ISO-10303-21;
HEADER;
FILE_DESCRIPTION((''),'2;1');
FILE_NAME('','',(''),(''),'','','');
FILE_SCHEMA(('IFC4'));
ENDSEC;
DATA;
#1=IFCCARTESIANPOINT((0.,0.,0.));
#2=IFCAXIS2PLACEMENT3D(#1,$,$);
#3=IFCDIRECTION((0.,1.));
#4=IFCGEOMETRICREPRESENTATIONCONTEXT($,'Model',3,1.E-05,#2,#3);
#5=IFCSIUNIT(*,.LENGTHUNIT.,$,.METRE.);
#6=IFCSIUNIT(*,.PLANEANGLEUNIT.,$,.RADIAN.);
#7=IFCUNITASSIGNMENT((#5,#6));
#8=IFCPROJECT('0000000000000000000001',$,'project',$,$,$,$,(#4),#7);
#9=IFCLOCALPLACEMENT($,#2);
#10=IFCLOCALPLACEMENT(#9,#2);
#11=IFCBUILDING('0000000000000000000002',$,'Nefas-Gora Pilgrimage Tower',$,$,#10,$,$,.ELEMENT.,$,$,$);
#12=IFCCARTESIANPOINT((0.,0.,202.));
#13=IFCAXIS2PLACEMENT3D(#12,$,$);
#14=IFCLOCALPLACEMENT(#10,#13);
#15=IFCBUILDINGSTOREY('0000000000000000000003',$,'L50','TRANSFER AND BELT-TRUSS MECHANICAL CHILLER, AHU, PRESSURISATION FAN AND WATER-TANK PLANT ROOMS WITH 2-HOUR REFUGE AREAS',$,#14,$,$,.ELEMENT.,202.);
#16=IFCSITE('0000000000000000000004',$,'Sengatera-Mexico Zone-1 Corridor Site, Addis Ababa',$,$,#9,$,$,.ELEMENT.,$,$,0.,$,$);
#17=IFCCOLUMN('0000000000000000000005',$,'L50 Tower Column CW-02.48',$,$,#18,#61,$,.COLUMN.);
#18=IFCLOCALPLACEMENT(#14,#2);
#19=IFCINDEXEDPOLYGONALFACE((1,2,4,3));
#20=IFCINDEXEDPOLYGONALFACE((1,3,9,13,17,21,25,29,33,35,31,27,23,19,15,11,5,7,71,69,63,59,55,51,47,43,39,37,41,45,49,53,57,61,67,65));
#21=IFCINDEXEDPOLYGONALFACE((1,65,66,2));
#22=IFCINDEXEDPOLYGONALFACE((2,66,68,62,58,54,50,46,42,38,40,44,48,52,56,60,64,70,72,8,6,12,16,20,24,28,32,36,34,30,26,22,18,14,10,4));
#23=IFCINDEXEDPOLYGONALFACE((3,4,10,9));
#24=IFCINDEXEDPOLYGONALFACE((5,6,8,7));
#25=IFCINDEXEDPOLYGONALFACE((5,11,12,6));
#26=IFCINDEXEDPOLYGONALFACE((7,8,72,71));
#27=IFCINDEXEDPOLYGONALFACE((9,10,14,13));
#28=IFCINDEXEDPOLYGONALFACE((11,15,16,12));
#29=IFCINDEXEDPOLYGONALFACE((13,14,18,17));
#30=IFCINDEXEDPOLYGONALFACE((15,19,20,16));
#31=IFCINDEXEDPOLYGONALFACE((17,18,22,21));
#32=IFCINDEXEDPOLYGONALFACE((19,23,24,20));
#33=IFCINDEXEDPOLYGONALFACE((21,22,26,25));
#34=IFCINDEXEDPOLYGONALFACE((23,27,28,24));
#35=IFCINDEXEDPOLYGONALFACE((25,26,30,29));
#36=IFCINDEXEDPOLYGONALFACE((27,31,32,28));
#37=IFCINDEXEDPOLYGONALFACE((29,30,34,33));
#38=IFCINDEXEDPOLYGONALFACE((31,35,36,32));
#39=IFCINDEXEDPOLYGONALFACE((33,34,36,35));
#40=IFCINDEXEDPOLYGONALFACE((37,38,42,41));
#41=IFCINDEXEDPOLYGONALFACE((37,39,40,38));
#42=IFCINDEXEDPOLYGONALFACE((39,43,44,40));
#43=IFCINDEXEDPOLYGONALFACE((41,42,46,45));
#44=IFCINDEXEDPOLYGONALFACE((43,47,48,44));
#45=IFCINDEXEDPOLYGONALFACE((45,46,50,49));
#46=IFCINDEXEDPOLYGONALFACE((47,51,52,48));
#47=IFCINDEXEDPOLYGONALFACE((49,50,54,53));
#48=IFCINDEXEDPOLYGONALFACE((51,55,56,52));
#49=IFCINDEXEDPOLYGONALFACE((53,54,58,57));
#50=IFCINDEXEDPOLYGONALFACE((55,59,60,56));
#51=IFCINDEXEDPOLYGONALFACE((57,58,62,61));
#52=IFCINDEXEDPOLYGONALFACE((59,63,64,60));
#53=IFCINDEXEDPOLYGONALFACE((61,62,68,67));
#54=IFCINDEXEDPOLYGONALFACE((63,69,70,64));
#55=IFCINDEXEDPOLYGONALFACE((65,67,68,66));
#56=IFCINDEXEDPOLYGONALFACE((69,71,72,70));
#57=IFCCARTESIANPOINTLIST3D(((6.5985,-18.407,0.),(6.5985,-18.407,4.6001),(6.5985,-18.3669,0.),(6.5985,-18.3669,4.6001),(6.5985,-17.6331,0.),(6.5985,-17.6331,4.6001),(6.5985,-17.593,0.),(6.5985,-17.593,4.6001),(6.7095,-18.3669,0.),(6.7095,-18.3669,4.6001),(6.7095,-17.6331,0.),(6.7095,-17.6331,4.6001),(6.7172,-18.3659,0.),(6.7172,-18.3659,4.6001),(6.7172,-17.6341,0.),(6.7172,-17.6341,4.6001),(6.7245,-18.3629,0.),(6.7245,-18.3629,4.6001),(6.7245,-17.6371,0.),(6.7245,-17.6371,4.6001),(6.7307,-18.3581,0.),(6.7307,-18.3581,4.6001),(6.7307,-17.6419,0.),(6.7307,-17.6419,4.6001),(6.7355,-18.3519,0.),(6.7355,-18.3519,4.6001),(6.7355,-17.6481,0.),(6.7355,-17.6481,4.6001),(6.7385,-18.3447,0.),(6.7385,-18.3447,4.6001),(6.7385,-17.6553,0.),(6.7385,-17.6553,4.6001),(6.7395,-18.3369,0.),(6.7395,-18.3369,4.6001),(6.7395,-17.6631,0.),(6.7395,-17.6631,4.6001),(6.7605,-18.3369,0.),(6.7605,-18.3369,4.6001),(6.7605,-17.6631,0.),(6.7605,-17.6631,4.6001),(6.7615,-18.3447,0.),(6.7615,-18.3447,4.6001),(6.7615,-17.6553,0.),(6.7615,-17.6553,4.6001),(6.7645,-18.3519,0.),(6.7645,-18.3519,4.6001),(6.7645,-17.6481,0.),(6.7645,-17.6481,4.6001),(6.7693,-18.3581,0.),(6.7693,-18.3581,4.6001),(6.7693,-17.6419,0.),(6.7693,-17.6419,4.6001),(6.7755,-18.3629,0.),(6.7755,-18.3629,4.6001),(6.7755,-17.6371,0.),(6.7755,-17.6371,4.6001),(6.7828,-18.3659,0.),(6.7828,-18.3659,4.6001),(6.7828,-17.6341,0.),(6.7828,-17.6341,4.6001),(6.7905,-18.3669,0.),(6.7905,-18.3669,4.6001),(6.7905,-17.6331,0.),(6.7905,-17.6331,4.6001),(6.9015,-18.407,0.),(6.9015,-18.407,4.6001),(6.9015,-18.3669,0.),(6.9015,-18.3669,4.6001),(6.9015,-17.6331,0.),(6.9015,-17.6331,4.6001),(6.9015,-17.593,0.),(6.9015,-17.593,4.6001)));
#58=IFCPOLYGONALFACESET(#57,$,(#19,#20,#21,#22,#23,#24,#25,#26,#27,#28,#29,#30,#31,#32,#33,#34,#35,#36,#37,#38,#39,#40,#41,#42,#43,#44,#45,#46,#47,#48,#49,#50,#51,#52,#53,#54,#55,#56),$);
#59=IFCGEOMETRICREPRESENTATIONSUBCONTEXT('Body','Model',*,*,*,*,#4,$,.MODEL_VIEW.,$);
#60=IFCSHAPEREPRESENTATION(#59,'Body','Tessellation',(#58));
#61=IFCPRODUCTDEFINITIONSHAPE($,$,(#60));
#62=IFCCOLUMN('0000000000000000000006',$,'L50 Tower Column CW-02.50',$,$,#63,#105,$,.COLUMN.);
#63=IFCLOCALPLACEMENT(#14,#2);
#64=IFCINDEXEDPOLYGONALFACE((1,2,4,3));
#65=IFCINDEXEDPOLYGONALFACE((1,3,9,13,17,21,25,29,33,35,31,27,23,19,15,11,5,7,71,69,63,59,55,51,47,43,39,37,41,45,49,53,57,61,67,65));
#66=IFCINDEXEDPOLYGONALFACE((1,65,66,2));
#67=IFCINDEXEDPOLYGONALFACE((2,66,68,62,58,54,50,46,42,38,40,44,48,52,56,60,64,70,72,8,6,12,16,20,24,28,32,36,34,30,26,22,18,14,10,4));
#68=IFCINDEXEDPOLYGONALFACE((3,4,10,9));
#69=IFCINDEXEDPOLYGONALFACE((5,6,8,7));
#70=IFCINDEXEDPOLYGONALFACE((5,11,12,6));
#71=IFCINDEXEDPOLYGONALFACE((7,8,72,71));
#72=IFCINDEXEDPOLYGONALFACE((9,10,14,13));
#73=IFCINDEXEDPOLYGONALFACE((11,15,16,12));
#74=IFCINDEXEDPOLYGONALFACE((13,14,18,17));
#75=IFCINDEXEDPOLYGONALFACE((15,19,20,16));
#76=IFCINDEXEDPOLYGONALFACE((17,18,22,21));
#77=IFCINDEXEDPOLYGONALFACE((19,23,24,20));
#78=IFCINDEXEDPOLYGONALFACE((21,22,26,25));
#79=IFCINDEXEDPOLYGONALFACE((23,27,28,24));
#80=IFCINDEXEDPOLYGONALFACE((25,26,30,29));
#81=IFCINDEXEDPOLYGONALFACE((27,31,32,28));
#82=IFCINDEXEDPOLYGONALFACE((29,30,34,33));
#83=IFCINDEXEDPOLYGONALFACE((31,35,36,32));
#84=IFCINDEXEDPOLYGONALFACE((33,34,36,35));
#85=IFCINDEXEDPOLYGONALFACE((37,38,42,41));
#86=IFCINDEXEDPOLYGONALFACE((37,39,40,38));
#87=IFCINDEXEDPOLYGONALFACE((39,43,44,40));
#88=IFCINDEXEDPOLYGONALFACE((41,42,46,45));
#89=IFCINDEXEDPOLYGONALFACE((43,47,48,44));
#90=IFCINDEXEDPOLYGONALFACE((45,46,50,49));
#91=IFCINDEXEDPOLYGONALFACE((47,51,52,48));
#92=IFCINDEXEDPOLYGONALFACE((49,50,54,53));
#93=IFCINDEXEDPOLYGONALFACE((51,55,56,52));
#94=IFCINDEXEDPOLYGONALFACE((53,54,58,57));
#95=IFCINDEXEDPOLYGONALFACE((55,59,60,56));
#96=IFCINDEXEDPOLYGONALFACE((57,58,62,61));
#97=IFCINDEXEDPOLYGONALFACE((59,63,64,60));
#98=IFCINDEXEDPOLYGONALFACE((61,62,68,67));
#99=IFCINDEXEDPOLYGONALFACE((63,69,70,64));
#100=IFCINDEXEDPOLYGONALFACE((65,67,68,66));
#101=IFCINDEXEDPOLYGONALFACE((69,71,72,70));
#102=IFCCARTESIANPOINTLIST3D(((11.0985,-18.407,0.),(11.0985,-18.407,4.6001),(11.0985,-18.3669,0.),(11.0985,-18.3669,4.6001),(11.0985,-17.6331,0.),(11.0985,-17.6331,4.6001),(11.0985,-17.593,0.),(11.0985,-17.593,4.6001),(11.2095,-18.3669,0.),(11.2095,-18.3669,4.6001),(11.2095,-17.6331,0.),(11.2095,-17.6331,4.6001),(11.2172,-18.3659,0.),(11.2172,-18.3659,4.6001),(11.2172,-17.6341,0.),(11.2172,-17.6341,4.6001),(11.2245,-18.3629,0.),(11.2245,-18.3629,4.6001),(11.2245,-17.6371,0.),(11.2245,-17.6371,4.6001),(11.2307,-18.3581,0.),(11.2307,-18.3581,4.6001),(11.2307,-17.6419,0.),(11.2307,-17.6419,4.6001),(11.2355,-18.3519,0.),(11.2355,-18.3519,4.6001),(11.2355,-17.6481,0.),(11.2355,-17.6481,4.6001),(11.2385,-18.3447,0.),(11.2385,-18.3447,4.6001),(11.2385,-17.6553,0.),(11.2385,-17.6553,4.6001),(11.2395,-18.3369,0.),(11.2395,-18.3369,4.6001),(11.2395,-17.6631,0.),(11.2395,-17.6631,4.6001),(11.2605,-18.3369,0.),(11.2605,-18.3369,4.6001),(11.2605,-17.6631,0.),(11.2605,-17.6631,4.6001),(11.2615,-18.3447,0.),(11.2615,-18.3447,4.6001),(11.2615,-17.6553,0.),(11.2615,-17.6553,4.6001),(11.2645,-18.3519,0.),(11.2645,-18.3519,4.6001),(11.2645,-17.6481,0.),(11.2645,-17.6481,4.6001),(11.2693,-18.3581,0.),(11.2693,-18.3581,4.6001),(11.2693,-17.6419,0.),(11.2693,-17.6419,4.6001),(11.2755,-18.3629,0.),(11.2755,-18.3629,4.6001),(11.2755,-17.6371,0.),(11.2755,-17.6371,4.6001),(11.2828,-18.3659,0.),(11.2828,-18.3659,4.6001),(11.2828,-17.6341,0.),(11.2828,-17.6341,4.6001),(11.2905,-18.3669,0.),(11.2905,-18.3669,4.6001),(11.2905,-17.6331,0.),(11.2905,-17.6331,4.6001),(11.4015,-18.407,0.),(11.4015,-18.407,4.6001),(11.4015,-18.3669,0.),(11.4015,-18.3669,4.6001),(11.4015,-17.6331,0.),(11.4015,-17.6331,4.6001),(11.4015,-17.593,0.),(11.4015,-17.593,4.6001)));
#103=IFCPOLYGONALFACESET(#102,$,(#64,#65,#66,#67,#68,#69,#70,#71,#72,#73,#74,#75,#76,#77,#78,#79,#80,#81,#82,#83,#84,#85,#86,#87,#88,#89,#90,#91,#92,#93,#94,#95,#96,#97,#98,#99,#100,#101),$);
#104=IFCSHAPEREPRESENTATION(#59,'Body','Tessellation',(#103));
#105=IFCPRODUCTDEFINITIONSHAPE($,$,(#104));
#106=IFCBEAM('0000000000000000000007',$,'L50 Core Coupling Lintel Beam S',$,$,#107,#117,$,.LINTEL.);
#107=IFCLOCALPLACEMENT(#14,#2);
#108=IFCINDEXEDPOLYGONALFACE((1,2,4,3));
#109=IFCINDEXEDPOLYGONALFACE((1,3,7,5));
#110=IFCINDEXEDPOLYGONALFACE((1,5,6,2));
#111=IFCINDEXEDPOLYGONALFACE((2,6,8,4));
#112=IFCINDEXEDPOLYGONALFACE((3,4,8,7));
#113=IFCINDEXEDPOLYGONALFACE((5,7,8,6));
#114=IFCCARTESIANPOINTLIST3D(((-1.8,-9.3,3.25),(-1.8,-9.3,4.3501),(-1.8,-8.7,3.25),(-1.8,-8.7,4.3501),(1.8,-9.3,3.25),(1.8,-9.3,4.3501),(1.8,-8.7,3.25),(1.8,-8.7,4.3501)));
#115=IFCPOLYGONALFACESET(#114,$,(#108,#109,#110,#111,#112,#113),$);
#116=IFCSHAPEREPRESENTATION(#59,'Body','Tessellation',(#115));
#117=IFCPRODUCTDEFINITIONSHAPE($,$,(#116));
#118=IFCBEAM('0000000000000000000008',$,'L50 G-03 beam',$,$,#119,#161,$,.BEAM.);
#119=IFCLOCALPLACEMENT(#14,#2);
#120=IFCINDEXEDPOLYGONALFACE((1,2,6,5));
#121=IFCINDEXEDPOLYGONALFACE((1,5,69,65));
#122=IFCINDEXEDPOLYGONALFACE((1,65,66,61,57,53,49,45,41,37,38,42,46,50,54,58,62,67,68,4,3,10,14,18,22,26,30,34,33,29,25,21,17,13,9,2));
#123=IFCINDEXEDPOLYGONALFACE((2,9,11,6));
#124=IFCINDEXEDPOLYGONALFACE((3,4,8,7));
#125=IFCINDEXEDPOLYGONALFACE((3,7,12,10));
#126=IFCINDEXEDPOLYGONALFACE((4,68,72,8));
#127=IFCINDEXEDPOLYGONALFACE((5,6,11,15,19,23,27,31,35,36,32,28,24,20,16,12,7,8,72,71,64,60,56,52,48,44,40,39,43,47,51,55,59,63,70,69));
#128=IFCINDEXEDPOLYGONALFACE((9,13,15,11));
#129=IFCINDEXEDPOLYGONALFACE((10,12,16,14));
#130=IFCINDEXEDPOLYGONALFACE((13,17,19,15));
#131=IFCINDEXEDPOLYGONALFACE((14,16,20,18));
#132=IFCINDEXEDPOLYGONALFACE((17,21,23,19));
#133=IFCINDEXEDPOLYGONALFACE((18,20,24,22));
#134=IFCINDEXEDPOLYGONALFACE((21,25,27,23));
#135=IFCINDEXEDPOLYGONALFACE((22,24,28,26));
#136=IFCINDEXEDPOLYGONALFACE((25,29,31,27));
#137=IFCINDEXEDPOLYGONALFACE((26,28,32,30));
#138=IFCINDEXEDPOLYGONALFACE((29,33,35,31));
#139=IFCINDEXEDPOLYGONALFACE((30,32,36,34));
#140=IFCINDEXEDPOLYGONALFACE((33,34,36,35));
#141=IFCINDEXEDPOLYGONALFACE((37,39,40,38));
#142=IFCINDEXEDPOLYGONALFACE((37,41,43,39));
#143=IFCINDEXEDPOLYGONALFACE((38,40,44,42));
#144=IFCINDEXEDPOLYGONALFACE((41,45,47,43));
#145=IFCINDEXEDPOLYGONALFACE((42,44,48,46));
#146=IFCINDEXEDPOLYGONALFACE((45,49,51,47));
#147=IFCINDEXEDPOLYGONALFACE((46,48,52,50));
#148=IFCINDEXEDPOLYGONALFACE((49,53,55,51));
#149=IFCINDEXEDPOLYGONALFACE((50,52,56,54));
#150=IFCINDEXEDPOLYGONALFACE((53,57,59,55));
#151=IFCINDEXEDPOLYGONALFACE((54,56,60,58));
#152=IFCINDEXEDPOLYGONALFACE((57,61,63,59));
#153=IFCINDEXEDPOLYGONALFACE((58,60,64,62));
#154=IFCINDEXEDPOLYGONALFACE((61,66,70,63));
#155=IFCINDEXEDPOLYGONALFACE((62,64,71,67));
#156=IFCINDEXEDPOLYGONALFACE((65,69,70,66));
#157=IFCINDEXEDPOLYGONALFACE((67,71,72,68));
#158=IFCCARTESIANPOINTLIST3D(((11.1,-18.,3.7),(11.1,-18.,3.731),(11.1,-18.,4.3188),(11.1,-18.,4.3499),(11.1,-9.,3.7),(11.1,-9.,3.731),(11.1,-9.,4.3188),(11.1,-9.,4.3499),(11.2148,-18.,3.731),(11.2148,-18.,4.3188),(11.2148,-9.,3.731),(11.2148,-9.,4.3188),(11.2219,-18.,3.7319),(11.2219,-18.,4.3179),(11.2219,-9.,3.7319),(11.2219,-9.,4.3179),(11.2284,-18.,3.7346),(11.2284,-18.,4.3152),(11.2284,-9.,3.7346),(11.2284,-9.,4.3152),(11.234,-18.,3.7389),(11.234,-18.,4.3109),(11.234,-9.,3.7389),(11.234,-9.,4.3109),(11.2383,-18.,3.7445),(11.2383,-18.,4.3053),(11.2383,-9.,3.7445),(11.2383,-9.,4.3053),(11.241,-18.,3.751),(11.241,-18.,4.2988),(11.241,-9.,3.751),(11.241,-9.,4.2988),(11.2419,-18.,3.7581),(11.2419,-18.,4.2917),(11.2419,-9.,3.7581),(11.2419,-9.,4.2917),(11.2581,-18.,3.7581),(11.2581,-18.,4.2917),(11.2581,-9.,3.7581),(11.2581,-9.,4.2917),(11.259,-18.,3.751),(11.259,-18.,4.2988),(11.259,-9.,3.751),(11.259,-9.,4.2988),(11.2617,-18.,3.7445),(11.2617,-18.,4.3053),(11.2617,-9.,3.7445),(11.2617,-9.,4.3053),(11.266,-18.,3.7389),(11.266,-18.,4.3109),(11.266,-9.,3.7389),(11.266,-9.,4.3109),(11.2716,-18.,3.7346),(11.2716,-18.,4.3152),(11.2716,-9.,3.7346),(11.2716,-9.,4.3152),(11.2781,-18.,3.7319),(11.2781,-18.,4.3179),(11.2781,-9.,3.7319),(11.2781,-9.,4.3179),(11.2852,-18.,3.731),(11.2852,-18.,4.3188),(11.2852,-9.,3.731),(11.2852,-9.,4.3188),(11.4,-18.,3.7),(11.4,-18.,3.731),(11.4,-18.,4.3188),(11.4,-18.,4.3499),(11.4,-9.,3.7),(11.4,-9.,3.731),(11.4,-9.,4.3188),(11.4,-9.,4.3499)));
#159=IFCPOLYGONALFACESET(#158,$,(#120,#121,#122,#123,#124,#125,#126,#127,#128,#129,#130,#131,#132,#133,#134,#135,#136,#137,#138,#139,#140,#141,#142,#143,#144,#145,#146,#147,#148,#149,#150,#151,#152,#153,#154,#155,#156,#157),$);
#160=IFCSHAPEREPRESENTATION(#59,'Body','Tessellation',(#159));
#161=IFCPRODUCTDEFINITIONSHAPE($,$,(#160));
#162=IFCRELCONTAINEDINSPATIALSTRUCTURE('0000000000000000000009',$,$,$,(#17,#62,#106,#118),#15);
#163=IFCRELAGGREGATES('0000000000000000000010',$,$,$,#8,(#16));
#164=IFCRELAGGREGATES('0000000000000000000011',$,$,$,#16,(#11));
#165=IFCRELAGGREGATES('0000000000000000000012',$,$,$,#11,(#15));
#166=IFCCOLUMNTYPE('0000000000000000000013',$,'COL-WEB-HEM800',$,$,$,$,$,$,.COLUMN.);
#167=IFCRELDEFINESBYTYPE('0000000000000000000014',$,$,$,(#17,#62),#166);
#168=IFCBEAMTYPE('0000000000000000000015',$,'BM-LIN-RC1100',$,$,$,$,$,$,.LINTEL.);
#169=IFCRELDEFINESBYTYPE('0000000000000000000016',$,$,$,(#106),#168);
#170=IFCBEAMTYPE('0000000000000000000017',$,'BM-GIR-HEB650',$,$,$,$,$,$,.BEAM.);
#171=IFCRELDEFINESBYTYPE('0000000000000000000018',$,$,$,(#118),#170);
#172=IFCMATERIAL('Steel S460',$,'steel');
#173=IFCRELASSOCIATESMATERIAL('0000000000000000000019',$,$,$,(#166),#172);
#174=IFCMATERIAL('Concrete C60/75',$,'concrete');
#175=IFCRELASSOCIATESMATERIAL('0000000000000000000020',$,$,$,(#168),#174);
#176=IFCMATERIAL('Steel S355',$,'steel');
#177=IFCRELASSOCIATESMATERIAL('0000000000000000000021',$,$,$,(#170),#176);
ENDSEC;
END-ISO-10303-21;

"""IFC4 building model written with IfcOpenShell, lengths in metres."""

from ifc_helpers import new_model, si_unit, direction, frame, origin, origin_2d, place, context, subcontext, project, spatial, rectangle, i_section, extrude, source, transform, mapped, material, material_profile, profile_set, type_object, element, save


model = new_model("IFC4")

# Units and contexts
model_context = context("Model", 3, precision=1e-05, world=origin(), true_north=direction((0.0, 1.0)))
body_context = subcontext(model_context, "Body", "Model", "MODEL_VIEW")
ifc_project = project(units=[si_unit("LENGTHUNIT", "METRE"), si_unit("PLANEANGLEUNIT", "RADIAN")], contexts=[model_context])

# Site, building, storey
site_placement = place(None, origin())
site = spatial("IfcSite", under=ifc_project, at=site_placement, Name="Sengatera-Mexico Zone-1 Corridor Site, Addis Ababa", CompositionType="ELEMENT", RefElevation=0.0)
building_placement = place(site_placement, origin())
building = spatial("IfcBuilding", under=site, at=building_placement, Name="Nefas-Gora Pilgrimage Tower", CompositionType="ELEMENT")
storey_placement = place(building_placement, frame((0.0, 0.0, 202.0)))
storey = spatial("IfcBuildingStorey", under=building, at=storey_placement, Name="L50", Description="TRANSFER AND BELT-TRUSS MECHANICAL CHILLER, AHU, PRESSURISATION FAN AND WATER-TANK PLANT ROOMS WITH 2-HOUR REFUGE AREAS", CompositionType="ELEMENT", Elevation=202.0)

# Columns
ifc_material_1 = material(Name="Steel S460", Category="steel")
ifc_material_profile_1 = material_profile(ifc_material_1, i_section(OverallWidth=0.303, OverallDepth=0.814, WebThickness=0.021, FlangeThickness=0.04, FilletRadius=0.03, at=origin_2d()), Name="HEM 800")
ifc_profile_set_1 = profile_set([ifc_material_profile_1], Name="Steel S460")
column_type_1 = type_object("IfcColumnType", Name="COL-WEB-HEM800", PredefinedType="COLUMN", material=ifc_profile_set_1)
shared_shape_1 = source(origin(), body_context, "Body", "SweptSolid", [
    extrude(i_section(OverallWidth=0.303, OverallDepth=0.814, WebThickness=0.021, FlangeThickness=0.04, FilletRadius=0.03, at=origin_2d()), origin(), (0.0, 0.0, 1.0), 4.6001),
])
for number, where, z_axis, x_axis, name in (
    (1, (6.75, -18.0, 0.0), (0.0, 0.0, 1.0), (1.0, 0.0, 0.0), "L50 Tower Column CW-02.48"),
    (2, (11.25, -18.0, 0.0), (0.0, 0.0, 1.0), (1.0, 0.0, 0.0), "L50 Tower Column CW-02.50"),
):
    element("IfcColumn", number, at=place(storey_placement, frame(where, z_axis=z_axis, x_axis=x_axis)), inside=storey, type_object=column_type_1, Name=name, PredefinedType="COLUMN", context=body_context, shape_type="MappedRepresentation", body=[
        mapped(shared_shape_1, transform((0.0, 0.0, 0.0), x_axis=(1.0, 0.0, 0.0), y_axis=(0.0, 1.0, 0.0), z_axis=(0.0, 0.0, 1.0), scale=1.0)),
    ])

# Beams
ifc_material_2 = material(Name="Concrete C60/75", Category="concrete")
ifc_material_profile_2 = material_profile(ifc_material_2, rectangle(XDim=0.6001, YDim=1.1001, at=origin_2d()), Name="RC 600x1100")
ifc_profile_set_2 = profile_set([ifc_material_profile_2], Name="Concrete C60/75")
beam_type_1 = type_object("IfcBeamType", Name="BM-LIN-RC1100", PredefinedType="LINTEL", material=ifc_profile_set_2)
shared_shape_2 = source(origin(), body_context, "Body", "SweptSolid", [
    extrude(rectangle(XDim=0.6001, YDim=1.1001, at=origin_2d()), origin(), (0.0, 0.0, 1.0), 3.6001),
])
beam_1_placement = place(storey_placement, frame((-1.8, -9.0, 3.8), z_axis=(1.0, 0.0, 0.0), x_axis=(0.0, 1.0, 0.0)))
element("IfcBeam", 3, at=beam_1_placement, inside=storey, type_object=beam_type_1, Name="L50 Core Coupling Lintel Beam S", PredefinedType="LINTEL", context=body_context, shape_type="MappedRepresentation", body=[
    mapped(shared_shape_2, transform((0.0, 0.0, 0.0), x_axis=(1.0, 0.0, 0.0), y_axis=(0.0, 1.0, 0.0), z_axis=(0.0, 0.0, 1.0), scale=1.0)),
])
ifc_material_3 = material(Name="Steel S355", Category="steel")
ifc_material_profile_3 = material_profile(ifc_material_3, i_section(OverallWidth=0.3, OverallDepth=0.6499, WebThickness=0.0161, FlangeThickness=0.031, FilletRadius=0.0271, at=origin_2d()), Name="HEB 650")
ifc_profile_set_3 = profile_set([ifc_material_profile_3], Name="Steel S355")
beam_type_2 = type_object("IfcBeamType", Name="BM-GIR-HEB650", PredefinedType="BEAM", material=ifc_profile_set_3)
shared_shape_3 = source(origin(), body_context, "Body", "SweptSolid", [
    extrude(i_section(OverallWidth=0.3, OverallDepth=0.6499, WebThickness=0.0161, FlangeThickness=0.031, FilletRadius=0.0271, at=origin_2d()), origin(), (0.0, 0.0, 1.0), 9.0),
])
beam_2_placement = place(storey_placement, frame((11.25, -18.0, 4.0249), z_axis=(0.0, 1.0, 0.0), x_axis=(-1.0, 0.0, 0.0)))
element("IfcBeam", 4, at=beam_2_placement, inside=storey, type_object=beam_type_2, Name="L50 G-03 beam", PredefinedType="BEAM", context=body_context, shape_type="MappedRepresentation", body=[
    mapped(shared_shape_3, transform((0.0, 0.0, 0.0), x_axis=(1.0, 0.0, 0.0), y_axis=(0.0, 1.0, 0.0), z_axis=(0.0, 0.0, 1.0), scale=1.0)),
])

save(model, "model.ifc")
